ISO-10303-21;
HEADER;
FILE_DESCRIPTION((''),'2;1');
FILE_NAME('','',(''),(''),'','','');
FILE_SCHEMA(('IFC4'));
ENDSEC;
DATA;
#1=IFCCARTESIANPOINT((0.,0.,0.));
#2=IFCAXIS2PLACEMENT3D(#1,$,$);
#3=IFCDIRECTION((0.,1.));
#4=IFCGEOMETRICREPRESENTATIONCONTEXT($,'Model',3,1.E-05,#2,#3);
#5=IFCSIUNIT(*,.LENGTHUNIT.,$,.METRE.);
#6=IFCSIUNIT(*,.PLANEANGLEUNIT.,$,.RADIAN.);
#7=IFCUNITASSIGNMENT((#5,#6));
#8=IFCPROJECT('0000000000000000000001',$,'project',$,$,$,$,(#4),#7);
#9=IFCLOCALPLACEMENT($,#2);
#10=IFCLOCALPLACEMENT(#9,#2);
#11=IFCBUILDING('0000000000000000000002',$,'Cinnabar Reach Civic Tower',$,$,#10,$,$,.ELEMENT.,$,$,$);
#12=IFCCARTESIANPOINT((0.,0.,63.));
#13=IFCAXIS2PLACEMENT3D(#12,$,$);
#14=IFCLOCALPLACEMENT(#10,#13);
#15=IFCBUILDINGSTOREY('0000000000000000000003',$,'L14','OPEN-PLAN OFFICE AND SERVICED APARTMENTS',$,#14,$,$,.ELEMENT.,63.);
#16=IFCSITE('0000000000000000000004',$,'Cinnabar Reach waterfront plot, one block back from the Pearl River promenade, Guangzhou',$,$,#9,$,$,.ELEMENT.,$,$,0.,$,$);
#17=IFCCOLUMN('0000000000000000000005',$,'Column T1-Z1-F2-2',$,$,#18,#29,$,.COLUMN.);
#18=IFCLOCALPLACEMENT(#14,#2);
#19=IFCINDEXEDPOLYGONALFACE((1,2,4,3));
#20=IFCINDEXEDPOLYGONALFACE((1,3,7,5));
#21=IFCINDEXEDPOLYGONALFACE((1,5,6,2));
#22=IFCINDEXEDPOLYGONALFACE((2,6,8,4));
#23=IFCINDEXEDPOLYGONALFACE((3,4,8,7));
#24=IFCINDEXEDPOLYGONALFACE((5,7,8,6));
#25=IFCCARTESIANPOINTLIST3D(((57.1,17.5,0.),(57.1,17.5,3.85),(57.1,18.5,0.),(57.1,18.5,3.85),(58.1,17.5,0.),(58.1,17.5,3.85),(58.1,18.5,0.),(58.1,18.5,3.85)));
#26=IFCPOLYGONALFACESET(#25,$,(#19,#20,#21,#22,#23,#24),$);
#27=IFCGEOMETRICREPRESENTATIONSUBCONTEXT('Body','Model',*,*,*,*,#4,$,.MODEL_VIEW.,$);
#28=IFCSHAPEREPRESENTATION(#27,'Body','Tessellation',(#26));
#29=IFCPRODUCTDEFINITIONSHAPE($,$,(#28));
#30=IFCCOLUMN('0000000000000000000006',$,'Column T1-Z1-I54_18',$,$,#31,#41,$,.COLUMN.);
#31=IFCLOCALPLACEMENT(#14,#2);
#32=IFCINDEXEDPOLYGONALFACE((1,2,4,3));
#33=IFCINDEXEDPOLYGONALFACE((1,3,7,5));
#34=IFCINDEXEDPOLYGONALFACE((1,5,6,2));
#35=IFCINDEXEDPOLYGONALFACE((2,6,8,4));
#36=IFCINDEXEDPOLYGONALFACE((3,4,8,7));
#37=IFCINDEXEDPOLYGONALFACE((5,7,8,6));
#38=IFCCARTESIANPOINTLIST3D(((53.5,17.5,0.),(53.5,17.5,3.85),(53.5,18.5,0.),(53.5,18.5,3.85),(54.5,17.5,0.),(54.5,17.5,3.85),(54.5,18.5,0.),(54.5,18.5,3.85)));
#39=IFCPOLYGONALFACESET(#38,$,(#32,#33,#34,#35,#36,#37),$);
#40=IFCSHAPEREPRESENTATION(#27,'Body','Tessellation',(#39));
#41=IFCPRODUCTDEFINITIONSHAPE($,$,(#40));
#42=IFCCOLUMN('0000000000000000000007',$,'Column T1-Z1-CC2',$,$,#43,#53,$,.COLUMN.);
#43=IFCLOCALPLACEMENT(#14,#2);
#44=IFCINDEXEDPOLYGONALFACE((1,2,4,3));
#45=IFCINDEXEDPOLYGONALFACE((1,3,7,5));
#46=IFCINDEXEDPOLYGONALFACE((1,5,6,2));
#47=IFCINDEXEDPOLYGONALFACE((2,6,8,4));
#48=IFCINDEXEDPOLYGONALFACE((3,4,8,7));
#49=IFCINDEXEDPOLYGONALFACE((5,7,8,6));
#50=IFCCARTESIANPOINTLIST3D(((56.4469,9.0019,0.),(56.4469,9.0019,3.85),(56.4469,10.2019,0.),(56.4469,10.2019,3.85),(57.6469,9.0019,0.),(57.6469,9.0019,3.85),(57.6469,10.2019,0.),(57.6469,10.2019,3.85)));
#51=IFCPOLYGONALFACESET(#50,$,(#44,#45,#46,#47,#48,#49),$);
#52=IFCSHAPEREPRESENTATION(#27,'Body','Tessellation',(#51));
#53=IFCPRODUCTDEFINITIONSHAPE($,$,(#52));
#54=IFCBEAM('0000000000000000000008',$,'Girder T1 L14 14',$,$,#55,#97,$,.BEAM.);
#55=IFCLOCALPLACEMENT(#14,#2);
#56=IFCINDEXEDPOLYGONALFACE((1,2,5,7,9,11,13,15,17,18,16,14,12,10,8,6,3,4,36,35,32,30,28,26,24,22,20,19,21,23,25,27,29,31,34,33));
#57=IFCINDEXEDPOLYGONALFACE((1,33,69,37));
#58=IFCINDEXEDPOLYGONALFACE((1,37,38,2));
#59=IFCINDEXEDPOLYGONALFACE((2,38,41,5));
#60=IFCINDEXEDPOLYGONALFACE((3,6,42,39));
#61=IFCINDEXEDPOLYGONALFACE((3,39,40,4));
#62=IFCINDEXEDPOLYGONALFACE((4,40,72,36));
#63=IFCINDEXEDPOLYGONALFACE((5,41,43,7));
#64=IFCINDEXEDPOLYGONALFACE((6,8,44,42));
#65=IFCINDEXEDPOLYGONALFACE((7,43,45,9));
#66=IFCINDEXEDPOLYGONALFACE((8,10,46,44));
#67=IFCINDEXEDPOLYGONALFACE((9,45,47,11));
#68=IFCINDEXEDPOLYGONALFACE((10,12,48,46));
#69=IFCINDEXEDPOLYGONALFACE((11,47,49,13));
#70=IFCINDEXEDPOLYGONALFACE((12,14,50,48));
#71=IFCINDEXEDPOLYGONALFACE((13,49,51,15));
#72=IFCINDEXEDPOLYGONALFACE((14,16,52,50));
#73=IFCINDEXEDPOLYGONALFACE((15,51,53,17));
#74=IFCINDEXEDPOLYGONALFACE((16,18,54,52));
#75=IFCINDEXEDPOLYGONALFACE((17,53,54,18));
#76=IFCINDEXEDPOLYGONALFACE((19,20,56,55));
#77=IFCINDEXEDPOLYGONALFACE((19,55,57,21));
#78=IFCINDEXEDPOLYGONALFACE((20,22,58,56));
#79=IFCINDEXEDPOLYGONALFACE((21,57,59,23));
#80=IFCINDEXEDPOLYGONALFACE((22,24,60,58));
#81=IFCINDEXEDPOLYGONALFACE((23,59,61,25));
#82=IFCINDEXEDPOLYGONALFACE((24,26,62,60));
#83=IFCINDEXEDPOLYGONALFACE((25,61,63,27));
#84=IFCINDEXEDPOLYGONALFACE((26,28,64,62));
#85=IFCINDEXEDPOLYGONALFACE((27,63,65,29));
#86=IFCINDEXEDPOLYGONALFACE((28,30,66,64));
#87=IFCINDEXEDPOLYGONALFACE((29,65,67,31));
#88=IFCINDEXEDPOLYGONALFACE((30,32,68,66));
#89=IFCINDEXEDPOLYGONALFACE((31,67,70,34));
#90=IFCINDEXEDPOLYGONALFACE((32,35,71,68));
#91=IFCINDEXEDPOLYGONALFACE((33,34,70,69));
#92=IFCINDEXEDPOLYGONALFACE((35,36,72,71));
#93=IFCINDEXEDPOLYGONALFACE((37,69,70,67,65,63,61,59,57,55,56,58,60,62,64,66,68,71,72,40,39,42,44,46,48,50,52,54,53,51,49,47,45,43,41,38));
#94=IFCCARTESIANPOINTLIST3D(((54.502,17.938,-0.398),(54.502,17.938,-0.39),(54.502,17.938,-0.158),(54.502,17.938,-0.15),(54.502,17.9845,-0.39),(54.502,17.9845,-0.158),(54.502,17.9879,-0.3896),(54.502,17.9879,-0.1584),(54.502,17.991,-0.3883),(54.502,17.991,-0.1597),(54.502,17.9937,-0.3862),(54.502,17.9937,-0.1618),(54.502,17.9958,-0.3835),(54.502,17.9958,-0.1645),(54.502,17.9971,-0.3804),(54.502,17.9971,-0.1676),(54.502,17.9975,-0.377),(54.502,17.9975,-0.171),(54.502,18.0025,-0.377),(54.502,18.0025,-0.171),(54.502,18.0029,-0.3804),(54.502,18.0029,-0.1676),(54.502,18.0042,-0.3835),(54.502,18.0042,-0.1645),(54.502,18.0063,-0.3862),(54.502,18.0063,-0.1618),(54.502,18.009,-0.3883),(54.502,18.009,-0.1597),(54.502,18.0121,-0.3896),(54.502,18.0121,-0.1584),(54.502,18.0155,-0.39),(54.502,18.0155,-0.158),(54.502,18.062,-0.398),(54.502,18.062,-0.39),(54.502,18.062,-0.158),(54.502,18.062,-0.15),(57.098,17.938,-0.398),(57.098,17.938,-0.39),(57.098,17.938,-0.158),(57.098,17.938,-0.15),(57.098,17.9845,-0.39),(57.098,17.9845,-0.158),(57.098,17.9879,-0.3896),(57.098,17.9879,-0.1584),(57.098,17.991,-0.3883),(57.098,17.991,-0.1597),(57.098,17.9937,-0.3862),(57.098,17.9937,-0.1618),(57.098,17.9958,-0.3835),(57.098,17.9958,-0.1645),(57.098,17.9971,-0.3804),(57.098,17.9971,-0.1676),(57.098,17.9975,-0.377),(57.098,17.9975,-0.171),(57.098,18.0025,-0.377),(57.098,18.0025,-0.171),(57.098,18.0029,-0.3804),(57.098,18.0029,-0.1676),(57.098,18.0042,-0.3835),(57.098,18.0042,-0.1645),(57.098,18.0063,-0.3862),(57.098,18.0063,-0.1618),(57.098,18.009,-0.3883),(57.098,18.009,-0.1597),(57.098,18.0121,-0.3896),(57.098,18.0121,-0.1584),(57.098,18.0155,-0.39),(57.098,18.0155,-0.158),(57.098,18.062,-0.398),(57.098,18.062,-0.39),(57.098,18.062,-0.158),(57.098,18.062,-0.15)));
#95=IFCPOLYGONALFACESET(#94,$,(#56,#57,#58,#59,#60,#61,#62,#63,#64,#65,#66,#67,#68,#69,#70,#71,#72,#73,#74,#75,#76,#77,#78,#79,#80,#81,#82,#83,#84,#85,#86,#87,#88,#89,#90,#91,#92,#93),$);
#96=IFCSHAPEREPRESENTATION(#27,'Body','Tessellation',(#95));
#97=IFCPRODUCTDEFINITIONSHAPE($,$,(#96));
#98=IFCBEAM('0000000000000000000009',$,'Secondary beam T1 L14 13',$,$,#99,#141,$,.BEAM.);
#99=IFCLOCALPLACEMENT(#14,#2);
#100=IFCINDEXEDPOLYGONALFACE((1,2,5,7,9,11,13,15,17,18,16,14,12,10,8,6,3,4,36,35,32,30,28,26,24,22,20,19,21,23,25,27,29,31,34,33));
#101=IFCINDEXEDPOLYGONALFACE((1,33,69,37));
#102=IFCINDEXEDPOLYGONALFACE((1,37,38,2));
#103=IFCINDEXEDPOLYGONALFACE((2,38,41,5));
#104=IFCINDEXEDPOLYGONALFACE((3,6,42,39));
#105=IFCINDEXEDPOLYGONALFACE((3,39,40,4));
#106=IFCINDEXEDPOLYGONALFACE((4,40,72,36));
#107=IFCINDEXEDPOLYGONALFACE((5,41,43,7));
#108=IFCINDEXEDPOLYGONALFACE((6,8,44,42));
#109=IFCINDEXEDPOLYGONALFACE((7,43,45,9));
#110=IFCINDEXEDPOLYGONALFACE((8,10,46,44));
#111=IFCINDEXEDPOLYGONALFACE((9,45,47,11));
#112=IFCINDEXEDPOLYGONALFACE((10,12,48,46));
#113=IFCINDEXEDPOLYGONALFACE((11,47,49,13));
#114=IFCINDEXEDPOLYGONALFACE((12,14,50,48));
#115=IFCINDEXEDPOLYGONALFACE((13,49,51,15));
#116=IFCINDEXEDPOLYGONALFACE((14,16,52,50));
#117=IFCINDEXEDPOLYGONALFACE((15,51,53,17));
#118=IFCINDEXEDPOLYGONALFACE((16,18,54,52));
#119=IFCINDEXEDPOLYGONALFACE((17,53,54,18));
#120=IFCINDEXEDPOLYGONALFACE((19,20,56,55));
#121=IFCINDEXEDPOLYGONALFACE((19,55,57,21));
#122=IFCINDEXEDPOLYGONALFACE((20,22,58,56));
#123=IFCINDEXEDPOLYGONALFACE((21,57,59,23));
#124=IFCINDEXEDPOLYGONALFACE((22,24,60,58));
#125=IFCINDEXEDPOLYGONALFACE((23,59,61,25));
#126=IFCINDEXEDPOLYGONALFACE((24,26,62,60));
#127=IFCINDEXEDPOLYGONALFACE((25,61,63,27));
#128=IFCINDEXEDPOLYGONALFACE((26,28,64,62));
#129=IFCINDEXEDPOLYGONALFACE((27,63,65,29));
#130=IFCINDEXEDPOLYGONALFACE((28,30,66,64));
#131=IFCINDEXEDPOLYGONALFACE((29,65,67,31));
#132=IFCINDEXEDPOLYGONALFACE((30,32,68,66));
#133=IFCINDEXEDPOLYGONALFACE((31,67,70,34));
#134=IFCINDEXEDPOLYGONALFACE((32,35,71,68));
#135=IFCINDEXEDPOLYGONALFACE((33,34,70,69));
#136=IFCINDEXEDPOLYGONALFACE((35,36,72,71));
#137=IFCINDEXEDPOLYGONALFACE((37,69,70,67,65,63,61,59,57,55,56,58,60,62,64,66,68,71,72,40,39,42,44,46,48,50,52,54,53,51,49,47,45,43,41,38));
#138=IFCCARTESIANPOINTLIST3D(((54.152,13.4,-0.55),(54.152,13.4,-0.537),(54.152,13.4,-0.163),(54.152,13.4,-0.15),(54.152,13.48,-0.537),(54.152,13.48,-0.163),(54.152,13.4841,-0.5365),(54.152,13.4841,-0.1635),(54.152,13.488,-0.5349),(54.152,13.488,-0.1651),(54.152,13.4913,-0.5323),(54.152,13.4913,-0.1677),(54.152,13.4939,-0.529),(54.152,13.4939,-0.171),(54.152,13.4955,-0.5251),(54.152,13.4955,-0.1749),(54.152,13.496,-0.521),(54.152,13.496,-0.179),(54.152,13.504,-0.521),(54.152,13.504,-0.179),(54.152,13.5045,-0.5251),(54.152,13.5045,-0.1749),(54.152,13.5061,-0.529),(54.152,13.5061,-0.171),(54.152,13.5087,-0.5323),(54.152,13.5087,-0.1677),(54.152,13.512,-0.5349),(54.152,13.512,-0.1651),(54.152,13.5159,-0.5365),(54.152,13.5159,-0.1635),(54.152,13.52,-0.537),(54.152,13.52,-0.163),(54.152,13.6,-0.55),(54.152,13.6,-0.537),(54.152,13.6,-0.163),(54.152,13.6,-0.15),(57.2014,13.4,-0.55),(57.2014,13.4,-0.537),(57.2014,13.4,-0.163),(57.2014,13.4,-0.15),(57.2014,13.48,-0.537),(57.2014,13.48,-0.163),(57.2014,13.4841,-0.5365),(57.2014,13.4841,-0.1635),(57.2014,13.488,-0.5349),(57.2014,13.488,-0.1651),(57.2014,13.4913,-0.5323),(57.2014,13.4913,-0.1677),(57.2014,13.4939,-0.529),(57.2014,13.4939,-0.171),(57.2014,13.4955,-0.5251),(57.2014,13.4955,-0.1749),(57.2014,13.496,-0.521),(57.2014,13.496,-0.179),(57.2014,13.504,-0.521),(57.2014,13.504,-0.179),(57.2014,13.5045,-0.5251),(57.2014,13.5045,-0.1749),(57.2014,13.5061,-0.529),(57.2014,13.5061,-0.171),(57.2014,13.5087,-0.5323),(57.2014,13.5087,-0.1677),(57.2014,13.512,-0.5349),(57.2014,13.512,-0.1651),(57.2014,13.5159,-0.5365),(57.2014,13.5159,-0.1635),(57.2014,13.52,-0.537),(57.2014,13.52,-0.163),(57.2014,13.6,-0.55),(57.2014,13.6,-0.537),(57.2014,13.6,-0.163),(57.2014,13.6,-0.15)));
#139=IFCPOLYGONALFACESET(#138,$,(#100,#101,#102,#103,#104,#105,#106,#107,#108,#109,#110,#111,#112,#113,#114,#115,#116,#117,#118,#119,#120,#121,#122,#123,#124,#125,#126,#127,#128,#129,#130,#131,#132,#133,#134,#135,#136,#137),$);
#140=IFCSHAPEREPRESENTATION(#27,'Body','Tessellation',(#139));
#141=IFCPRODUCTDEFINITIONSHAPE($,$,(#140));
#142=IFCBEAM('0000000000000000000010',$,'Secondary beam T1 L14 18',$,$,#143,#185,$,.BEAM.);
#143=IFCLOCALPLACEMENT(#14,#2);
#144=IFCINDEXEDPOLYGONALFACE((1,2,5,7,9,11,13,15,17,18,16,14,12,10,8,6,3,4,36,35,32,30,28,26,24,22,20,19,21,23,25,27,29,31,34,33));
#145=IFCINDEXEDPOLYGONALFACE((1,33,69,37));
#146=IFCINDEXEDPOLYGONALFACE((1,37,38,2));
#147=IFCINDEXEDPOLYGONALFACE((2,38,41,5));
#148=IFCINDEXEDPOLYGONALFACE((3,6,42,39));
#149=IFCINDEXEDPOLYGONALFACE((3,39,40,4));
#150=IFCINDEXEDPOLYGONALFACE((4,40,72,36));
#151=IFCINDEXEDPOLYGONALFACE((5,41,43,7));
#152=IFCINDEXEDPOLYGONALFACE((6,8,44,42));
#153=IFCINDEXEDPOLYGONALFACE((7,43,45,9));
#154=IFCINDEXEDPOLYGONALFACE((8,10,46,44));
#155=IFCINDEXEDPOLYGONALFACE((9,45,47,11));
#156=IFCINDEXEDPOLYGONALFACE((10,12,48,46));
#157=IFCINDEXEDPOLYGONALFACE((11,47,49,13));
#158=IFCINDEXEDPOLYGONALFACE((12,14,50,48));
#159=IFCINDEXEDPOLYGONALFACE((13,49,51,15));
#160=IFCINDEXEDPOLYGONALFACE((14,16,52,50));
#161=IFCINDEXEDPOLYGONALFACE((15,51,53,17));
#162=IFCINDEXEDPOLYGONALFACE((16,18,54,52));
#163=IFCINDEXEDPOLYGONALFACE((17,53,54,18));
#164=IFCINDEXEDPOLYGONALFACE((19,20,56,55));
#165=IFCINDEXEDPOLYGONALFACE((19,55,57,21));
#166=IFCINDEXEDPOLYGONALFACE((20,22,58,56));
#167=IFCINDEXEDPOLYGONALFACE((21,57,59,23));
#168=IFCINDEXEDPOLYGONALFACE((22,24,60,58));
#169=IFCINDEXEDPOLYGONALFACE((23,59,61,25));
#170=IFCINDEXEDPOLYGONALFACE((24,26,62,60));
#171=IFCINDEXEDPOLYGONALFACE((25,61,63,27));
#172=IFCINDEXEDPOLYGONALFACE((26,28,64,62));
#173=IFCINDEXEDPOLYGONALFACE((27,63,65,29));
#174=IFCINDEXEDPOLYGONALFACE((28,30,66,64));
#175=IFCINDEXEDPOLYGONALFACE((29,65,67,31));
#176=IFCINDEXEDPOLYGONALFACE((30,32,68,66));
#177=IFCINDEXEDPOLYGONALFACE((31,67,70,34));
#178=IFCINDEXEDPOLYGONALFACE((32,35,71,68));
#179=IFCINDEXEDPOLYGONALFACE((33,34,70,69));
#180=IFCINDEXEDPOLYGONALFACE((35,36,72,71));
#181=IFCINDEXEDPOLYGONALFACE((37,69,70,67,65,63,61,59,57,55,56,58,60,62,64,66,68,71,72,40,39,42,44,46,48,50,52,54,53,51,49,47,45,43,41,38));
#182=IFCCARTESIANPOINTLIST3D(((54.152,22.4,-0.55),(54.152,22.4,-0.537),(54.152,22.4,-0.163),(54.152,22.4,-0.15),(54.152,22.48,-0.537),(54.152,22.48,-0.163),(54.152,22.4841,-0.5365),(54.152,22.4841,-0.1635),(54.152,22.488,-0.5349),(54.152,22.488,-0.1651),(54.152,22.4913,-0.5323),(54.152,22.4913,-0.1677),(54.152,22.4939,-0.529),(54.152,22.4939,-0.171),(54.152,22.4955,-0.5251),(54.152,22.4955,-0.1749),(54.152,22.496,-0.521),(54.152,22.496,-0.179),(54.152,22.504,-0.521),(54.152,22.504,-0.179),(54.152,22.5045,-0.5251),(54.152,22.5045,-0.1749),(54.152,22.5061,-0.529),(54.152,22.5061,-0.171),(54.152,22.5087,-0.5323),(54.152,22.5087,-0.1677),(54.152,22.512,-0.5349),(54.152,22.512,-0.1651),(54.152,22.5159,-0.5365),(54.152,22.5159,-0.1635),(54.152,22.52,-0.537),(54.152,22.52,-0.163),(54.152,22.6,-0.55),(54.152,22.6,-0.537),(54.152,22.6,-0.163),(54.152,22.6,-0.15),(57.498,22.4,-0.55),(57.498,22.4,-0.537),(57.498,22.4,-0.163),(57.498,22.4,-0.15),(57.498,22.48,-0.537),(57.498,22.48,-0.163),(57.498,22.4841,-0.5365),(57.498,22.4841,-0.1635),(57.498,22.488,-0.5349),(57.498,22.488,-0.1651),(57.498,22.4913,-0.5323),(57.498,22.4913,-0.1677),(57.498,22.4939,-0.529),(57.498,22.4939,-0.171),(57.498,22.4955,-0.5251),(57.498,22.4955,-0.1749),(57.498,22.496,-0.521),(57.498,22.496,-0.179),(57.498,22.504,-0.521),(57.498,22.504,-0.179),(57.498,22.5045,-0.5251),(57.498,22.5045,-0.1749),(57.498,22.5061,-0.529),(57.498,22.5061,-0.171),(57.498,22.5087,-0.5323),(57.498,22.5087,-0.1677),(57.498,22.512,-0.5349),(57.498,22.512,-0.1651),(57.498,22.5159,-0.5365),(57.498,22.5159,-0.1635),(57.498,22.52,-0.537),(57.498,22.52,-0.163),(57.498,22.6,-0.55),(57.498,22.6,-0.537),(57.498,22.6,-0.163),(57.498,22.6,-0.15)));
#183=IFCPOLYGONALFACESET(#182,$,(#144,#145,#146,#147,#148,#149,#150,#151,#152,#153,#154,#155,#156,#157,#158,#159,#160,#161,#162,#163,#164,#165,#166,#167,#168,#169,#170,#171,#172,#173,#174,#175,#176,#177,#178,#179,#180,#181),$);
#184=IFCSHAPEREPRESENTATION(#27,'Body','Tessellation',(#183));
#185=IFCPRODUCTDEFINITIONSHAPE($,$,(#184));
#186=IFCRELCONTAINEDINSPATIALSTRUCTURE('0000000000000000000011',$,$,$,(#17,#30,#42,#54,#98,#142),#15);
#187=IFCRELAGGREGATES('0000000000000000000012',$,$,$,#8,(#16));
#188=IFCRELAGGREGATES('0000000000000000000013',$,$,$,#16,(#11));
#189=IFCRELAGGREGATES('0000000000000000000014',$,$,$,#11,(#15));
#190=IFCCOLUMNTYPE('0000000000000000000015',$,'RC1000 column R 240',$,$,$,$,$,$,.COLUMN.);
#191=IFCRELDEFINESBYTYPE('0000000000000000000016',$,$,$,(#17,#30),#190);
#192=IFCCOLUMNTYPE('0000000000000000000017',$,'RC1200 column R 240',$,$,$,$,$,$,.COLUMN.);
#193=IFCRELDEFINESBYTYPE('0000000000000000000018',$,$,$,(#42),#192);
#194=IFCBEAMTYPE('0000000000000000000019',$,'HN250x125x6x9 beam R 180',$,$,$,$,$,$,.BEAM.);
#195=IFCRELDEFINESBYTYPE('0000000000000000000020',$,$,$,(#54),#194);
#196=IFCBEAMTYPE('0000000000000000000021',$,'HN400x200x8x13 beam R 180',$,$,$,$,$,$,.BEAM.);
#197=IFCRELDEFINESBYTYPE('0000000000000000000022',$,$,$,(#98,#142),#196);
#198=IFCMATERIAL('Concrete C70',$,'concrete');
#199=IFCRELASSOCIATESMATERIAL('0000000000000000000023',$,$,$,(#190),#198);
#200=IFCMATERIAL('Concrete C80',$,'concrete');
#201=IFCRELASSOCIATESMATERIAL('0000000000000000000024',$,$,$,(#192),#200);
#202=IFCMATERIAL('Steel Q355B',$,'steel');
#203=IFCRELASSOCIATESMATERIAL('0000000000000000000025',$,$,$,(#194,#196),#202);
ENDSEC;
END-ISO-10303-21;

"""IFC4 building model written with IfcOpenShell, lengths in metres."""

from ifc_helpers import new_model, si_unit, direction, frame, origin, origin_2d, place, context, subcontext, project, spatial, rectangle, i_section, extrude, material, material_profile, profile_set, type_object, element, save


model = new_model("IFC4")

# Units and contexts
model_context = context("Model", 3, precision=1e-05, world=origin(), true_north=direction((0.0, 1.0)))
body_context = subcontext(model_context, "Body", "Model", "MODEL_VIEW")
ifc_project = project(units=[si_unit("LENGTHUNIT", "METRE"), si_unit("PLANEANGLEUNIT", "RADIAN")], contexts=[model_context])

# Site, building, storey
site_placement = place(None, origin())
site = spatial("IfcSite", under=ifc_project, at=site_placement, Name="Cinnabar Reach waterfront plot, one block back from the Pearl River promenade, Guangzhou", CompositionType="ELEMENT", RefElevation=0.0)
building_placement = place(site_placement, origin())
building = spatial("IfcBuilding", under=site, at=building_placement, Name="Cinnabar Reach Civic Tower", CompositionType="ELEMENT")
storey_placement = place(building_placement, frame((0.0, 0.0, 63.0)))
storey = spatial("IfcBuildingStorey", under=building, at=storey_placement, Name="L14", Description="OPEN-PLAN OFFICE AND SERVICED APARTMENTS", CompositionType="ELEMENT", Elevation=63.0)

# Columns
ifc_material_1 = material(Name="Concrete C70", Category="concrete")
ifc_material_profile_1 = material_profile(ifc_material_1, rectangle(XDim=1.0, YDim=1.0, at=origin_2d()), Name="RC1000")
ifc_profile_set_1 = profile_set([ifc_material_profile_1], Name="Concrete C70")
column_type_1 = type_object("IfcColumnType", Name="RC1000 column R 240", PredefinedType="COLUMN", material=ifc_profile_set_1)
for number, where, z_axis, x_axis, name in (
    (1, (57.6, 18.0, 0.0), (0.0, 0.0, 1.0), (1.0, 0.0, 0.0), "Column T1-Z1-F2-2"),
    (2, (54.0, 18.0, 0.0), (0.0, 0.0, 1.0), (1.0, 0.0, 0.0), "Column T1-Z1-I54_18"),
):
    element("IfcColumn", number, at=place(storey_placement, frame(where, z_axis=z_axis, x_axis=x_axis)), inside=storey, type_object=column_type_1, Name=name, PredefinedType="COLUMN", context=body_context, shape_type="SweptSolid", body=[
        extrude(rectangle(XDim=1.0, YDim=1.0, at=origin_2d()), origin(), (0.0, 0.0, 1.0), 3.85),
    ])
ifc_material_2 = material(Name="Concrete C80", Category="concrete")
ifc_material_profile_2 = material_profile(ifc_material_2, rectangle(XDim=1.2, YDim=1.2, at=origin_2d()), Name="RC1200")
ifc_profile_set_2 = profile_set([ifc_material_profile_2], Name="Concrete C80")
column_type_2 = type_object("IfcColumnType", Name="RC1200 column R 240", PredefinedType="COLUMN", material=ifc_profile_set_2)
column_placement = place(storey_placement, frame((57.0469, 9.6019, 0.0), z_axis=(0.0, 0.0, 1.0), x_axis=(1.0, 0.0, 0.0)))
element("IfcColumn", 3, at=column_placement, inside=storey, type_object=column_type_2, Name="Column T1-Z1-CC2", PredefinedType="COLUMN", context=body_context, shape_type="SweptSolid", body=[
    extrude(rectangle(XDim=1.2, YDim=1.2, at=origin_2d()), origin(), (0.0, 0.0, 1.0), 3.85),
])

# Beams
ifc_material_3 = material(Name="Steel Q355B", Category="steel")
ifc_material_profile_3 = material_profile(ifc_material_3, i_section(OverallWidth=0.124, OverallDepth=0.248, WebThickness=0.005, FlangeThickness=0.008, FilletRadius=0.013, at=origin_2d()), Name="HN250x125x6x9")
ifc_profile_set_3 = profile_set([ifc_material_profile_3], Name="Steel Q355B")
beam_type_1 = type_object("IfcBeamType", Name="HN250x125x6x9 beam R 180", PredefinedType="BEAM", material=ifc_profile_set_3)
beam_1_placement = place(storey_placement, frame((54.502, 18.0, -0.274), z_axis=(1.0, 0.0, 0.0), x_axis=(0.0, 1.0, 0.0)))
element("IfcBeam", 4, at=beam_1_placement, inside=storey, type_object=beam_type_1, Name="Girder T1 L14 14", PredefinedType="BEAM", context=body_context, shape_type="SweptSolid", body=[
    extrude(i_section(OverallWidth=0.124, OverallDepth=0.248, WebThickness=0.005, FlangeThickness=0.008, FilletRadius=0.013, at=origin_2d()), origin(), (0.0, 0.0, 1.0), 2.596),
])
ifc_material_profile_4 = material_profile(ifc_material_3, i_section(OverallWidth=0.2, OverallDepth=0.4, WebThickness=0.008, FlangeThickness=0.013, FilletRadius=0.016, at=origin_2d()), Name="HN400x200x8x13")
ifc_profile_set_4 = profile_set([ifc_material_profile_4], Name="Steel Q355B")
beam_type_2 = type_object("IfcBeamType", Name="HN400x200x8x13 beam R 180", PredefinedType="BEAM", material=ifc_profile_set_4)
beam_2_placement = place(storey_placement, frame((54.152, 13.5, -0.35), z_axis=(1.0, 0.0, 0.0), x_axis=(0.0, 1.0, 0.0)))
element("IfcBeam", 5, at=beam_2_placement, inside=storey, type_object=beam_type_2, Name="Secondary beam T1 L14 13", PredefinedType="BEAM", context=body_context, shape_type="SweptSolid", body=[
    extrude(i_section(OverallWidth=0.2, OverallDepth=0.4, WebThickness=0.008, FlangeThickness=0.013, FilletRadius=0.016, at=origin_2d()), origin(), (0.0, 0.0, 1.0), 3.0494),
])
beam_3_placement = place(storey_placement, frame((54.152, 22.5, -0.35), z_axis=(1.0, 0.0, 0.0), x_axis=(0.0, 1.0, 0.0)))
element("IfcBeam", 6, at=beam_3_placement, inside=storey, type_object=beam_type_2, Name="Secondary beam T1 L14 18", PredefinedType="BEAM", context=body_context, shape_type="SweptSolid", body=[
    extrude(i_section(OverallWidth=0.2, OverallDepth=0.4, WebThickness=0.008, FlangeThickness=0.013, FilletRadius=0.016, at=origin_2d()), origin(), (0.0, 0.0, 1.0), 3.346),
])

save(model, "model.ifc")
